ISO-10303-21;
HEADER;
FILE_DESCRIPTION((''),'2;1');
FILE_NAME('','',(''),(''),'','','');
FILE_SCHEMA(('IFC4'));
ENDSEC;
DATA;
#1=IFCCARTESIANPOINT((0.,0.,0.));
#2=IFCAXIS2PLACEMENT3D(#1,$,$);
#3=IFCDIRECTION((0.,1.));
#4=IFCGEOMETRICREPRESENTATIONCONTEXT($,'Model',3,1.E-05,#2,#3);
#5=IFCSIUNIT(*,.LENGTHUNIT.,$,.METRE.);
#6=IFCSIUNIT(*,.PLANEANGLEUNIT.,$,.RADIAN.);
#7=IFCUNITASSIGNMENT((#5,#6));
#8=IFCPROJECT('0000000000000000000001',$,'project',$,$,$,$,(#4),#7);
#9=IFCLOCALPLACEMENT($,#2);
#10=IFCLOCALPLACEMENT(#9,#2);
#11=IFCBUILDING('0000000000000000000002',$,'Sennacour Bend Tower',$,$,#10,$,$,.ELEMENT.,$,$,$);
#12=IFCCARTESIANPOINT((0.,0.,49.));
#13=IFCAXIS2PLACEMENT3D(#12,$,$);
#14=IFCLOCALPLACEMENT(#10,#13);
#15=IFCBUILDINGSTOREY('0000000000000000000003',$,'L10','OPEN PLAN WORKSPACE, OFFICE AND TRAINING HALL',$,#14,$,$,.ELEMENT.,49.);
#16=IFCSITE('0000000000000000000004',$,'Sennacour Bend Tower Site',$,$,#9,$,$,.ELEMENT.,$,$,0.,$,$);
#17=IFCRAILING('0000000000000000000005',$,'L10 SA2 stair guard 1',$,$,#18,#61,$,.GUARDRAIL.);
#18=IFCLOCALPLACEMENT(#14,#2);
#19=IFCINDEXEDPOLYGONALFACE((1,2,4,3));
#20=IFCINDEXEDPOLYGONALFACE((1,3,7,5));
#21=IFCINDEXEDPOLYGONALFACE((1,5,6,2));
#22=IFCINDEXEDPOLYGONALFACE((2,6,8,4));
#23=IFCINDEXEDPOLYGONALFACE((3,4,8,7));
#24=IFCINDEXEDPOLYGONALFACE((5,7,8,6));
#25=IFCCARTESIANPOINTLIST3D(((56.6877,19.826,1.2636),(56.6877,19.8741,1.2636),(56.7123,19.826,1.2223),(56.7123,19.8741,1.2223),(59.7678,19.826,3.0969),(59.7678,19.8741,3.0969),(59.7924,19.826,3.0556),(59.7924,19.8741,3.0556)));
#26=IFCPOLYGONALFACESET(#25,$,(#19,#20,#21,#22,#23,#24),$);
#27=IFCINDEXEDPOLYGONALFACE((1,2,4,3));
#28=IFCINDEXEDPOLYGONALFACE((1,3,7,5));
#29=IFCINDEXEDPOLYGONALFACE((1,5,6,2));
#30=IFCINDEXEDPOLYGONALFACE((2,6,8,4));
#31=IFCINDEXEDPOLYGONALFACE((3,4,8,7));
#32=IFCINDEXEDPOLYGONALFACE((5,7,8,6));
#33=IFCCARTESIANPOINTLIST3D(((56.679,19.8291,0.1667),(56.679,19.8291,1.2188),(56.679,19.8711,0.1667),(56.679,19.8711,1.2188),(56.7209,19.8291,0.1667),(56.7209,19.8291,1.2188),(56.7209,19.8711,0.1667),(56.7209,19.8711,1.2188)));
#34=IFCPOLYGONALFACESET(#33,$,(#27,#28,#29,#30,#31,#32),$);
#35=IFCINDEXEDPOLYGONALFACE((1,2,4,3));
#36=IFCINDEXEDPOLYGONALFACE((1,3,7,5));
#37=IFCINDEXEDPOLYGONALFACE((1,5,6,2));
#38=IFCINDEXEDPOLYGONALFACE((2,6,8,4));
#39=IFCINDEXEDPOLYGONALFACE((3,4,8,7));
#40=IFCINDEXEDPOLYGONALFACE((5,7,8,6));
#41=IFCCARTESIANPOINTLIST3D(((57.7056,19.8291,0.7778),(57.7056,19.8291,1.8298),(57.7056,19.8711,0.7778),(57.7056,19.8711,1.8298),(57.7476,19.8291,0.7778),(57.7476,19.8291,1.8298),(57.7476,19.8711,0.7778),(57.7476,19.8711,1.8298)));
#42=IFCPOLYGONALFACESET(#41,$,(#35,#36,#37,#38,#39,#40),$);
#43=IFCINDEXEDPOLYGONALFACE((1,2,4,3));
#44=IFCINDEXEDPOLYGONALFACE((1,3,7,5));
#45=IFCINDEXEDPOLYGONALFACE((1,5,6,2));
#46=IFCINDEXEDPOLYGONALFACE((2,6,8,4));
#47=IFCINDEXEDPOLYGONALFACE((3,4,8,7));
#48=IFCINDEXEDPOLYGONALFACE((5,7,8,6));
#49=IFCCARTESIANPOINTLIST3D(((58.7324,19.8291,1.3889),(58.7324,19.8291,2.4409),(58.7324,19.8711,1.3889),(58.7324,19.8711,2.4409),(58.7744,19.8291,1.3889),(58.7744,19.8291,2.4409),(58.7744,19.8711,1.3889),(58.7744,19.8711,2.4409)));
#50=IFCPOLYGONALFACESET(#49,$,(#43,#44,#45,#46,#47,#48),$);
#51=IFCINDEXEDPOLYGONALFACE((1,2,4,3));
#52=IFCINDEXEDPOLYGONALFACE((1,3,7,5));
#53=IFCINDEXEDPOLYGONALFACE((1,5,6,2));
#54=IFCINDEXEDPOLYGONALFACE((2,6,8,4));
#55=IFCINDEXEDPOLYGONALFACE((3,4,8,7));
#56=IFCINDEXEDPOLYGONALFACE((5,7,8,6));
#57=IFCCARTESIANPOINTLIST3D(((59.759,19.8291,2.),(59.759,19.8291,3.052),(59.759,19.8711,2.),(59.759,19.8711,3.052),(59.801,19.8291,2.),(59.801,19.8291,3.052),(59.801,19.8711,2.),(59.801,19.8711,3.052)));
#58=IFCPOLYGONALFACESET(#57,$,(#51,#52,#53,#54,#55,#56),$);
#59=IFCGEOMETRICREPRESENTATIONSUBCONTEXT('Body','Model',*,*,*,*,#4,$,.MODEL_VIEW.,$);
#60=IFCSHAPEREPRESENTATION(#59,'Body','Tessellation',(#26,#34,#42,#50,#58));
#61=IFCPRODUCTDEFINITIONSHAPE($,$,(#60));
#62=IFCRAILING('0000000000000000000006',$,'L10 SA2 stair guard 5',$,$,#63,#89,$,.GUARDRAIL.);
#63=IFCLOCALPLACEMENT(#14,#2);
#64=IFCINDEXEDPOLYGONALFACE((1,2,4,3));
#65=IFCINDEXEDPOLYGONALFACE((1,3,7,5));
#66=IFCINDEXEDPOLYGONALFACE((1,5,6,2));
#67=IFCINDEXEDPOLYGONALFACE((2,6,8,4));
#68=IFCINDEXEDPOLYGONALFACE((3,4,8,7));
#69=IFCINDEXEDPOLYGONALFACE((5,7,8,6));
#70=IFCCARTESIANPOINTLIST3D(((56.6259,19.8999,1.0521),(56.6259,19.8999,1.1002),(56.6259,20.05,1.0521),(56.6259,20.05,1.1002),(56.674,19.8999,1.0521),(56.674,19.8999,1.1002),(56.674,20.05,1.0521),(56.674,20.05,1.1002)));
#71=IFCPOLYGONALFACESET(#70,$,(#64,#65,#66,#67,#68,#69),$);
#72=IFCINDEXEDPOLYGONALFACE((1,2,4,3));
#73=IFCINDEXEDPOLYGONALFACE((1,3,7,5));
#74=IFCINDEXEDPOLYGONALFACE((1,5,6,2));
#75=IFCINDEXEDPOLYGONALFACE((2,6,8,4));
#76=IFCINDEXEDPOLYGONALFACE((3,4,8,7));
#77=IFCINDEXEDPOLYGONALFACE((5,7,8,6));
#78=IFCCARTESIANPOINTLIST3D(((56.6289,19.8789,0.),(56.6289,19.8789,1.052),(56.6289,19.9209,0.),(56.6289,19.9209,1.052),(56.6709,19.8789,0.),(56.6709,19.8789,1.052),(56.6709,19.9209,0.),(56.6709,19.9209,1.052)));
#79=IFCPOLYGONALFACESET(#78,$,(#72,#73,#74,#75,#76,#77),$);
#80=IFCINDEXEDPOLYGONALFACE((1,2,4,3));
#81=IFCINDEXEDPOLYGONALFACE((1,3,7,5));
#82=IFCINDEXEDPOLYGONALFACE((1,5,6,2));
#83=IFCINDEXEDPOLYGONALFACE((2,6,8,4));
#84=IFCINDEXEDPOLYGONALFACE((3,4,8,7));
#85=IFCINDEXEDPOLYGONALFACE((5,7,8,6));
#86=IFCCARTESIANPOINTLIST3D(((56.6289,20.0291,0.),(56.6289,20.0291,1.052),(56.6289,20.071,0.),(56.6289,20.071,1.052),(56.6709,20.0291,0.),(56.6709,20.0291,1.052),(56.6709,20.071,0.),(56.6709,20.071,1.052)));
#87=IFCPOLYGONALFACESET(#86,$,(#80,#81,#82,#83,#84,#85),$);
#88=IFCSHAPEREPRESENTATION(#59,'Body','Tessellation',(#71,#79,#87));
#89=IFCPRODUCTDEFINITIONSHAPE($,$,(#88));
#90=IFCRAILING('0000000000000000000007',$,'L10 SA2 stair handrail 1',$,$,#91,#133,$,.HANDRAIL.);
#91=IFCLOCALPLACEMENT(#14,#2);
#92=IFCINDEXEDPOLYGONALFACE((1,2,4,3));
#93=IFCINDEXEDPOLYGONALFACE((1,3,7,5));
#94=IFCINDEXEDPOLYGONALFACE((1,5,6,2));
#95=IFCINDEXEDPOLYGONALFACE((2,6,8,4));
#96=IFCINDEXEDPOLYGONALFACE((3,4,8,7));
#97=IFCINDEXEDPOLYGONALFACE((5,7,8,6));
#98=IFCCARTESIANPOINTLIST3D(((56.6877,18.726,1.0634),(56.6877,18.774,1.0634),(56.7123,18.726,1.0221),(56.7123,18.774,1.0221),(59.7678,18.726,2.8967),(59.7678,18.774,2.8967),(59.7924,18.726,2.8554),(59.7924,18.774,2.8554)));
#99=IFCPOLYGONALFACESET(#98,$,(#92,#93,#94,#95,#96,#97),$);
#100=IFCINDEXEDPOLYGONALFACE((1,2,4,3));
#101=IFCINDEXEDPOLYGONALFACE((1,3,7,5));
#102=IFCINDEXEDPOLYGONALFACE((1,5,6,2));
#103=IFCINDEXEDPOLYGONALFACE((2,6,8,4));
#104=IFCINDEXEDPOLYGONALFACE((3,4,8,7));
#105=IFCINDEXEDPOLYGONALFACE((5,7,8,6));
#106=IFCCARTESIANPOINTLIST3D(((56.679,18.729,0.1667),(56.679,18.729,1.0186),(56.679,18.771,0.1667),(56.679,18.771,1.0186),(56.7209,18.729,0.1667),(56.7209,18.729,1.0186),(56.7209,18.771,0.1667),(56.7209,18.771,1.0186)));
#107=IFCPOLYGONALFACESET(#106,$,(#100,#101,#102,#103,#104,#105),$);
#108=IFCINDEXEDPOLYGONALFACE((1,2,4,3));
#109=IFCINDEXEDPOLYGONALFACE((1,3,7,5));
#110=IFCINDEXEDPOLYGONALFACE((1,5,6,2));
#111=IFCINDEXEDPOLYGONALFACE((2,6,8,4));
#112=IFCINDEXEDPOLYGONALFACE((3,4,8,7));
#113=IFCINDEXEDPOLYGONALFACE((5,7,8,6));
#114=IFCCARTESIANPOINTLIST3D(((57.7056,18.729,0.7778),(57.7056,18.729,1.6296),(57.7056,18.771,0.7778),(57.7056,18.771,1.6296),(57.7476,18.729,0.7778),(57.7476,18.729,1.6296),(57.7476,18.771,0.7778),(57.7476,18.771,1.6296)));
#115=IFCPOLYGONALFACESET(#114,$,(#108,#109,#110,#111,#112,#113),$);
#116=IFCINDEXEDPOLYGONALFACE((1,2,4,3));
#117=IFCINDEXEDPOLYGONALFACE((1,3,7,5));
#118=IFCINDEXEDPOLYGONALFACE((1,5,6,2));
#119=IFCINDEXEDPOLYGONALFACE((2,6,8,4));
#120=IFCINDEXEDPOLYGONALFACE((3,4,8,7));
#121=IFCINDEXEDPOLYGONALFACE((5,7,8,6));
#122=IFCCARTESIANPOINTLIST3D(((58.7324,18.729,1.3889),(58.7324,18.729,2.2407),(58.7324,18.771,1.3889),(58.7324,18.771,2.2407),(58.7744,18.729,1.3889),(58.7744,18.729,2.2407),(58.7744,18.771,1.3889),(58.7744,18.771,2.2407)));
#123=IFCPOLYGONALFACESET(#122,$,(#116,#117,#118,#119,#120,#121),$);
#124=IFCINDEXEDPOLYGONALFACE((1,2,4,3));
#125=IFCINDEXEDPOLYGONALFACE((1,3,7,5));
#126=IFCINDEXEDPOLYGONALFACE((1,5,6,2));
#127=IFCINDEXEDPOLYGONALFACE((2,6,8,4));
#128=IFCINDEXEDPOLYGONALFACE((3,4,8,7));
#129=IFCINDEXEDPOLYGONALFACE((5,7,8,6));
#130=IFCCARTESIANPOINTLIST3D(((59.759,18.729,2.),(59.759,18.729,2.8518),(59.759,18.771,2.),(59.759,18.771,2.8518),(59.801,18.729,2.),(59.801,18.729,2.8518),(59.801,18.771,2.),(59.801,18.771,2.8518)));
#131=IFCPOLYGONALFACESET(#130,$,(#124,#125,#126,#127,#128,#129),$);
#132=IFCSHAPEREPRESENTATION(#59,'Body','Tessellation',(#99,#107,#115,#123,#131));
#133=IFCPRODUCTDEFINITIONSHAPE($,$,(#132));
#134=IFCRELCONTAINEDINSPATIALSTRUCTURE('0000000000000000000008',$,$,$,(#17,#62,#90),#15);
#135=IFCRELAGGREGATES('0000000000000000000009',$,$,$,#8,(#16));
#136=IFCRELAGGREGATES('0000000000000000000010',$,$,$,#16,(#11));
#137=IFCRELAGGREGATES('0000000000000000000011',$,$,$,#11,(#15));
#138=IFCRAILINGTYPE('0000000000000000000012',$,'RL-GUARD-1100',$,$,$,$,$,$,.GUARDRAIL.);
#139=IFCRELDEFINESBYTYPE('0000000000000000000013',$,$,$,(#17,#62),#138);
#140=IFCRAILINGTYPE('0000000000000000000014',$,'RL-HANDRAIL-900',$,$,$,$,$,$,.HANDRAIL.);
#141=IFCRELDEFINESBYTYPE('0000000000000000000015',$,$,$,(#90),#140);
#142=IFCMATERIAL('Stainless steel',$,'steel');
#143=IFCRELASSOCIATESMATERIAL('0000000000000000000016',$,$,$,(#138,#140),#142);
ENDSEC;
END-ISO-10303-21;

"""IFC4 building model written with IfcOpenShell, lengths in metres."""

from ifc_helpers import new_model, si_unit, direction, frame, origin, origin_2d, place, context, subcontext, project, spatial, rectangle, extrude, material, type_object, element, save


model = new_model("IFC4")

# Units and contexts
model_context = context("Model", 3, precision=1e-05, world=origin(), true_north=direction((0.0, 1.0)))
body_context = subcontext(model_context, "Body", "Model", "MODEL_VIEW")
ifc_project = project(units=[si_unit("LENGTHUNIT", "METRE"), si_unit("PLANEANGLEUNIT", "RADIAN")], contexts=[model_context])

# Site, building, storey
site_placement = place(None, origin())
site = spatial("IfcSite", under=ifc_project, at=site_placement, Name="Sennacour Bend Tower Site", CompositionType="ELEMENT", RefElevation=0.0)
building_placement = place(site_placement, origin())
building = spatial("IfcBuilding", under=site, at=building_placement, Name="Sennacour Bend Tower", CompositionType="ELEMENT")
storey_placement = place(building_placement, frame((0.0, 0.0, 49.0)))
storey = spatial("IfcBuildingStorey", under=building, at=storey_placement, Name="L10", Description="OPEN PLAN WORKSPACE, OFFICE AND TRAINING HALL", CompositionType="ELEMENT", Elevation=49.0)

# Shared definitions
ifc_material_1 = material(Name="Stainless steel", Category="steel")

# Railings
railing_type_1 = type_object("IfcRailingType", Name="RL-GUARD-1100", PredefinedType="GUARDRAIL", material=ifc_material_1)
railing_1_placement = place(storey_placement, frame((56.7, 19.8501, 0.1667)))
element("IfcRailing", 1, at=railing_1_placement, inside=storey, type_object=railing_type_1, Name="L10 SA2 stair guard 1", PredefinedType="GUARDRAIL", context=body_context, shape_type="SweptSolid", body=[
    extrude(rectangle(XDim=0.0481, YDim=0.0481, at=origin_2d()), frame((0.0, 0.0, 1.0762), z_axis=(0.859309, 0.0, 0.511458), x_axis=(0.0, 1.0, 0.0)), (0.0, 0.0, 1.0), 3.5845),
    extrude(rectangle(XDim=0.042, YDim=0.042, at=origin_2d()), origin(), (0.0, 0.0, 1.0), 1.052),
    extrude(rectangle(XDim=0.042, YDim=0.042, at=origin_2d()), frame((1.0266, 0.0, 0.6111)), (0.0, 0.0, 1.0), 1.052),
    extrude(rectangle(XDim=0.042, YDim=0.042, at=origin_2d()), frame((2.0535, 0.0, 1.2222)), (0.0, 0.0, 1.0), 1.052),
    extrude(rectangle(XDim=0.042, YDim=0.042, at=origin_2d()), frame((3.0801, 0.0, 1.8333)), (0.0, 0.0, 1.0), 1.052),
])
railing_2_placement = place(storey_placement, frame((56.6499, 19.8999, 0.0)))
element("IfcRailing", 2, at=railing_2_placement, inside=storey, type_object=railing_type_1, Name="L10 SA2 stair guard 5", PredefinedType="GUARDRAIL", context=body_context, shape_type="SweptSolid", body=[
    extrude(rectangle(XDim=0.0481, YDim=0.0481, at=origin_2d()), frame((0.0, 0.0, 1.0762), z_axis=(0.0, 1.0, 0.0), x_axis=(-1.0, 0.0, 0.0)), (0.0, 0.0, 1.0), 0.1501),
    extrude(rectangle(XDim=0.042, YDim=0.042, at=origin_2d()), origin(), (0.0, 0.0, 1.0), 1.052),
    extrude(rectangle(XDim=0.042, YDim=0.042, at=origin_2d()), frame((0.0, 0.1501, 0.0)), (0.0, 0.0, 1.0), 1.052),
])
railing_type_2 = type_object("IfcRailingType", Name="RL-HANDRAIL-900", PredefinedType="HANDRAIL", material=ifc_material_1)
railing_3_placement = place(storey_placement, frame((56.7, 18.75, 0.1667)))
element("IfcRailing", 3, at=railing_3_placement, inside=storey, type_object=railing_type_2, Name="L10 SA2 stair handrail 1", PredefinedType="HANDRAIL", context=body_context, shape_type="SweptSolid", body=[
    extrude(rectangle(XDim=0.0481, YDim=0.0481, at=origin_2d()), frame((0.0, 0.0, 0.876), z_axis=(0.859309, 0.0, 0.511458), x_axis=(0.0, 1.0, 0.0)), (0.0, 0.0, 1.0), 3.5845),
    extrude(rectangle(XDim=0.042, YDim=0.042, at=origin_2d()), origin(), (0.0, 0.0, 1.0), 0.8518),
    extrude(rectangle(XDim=0.042, YDim=0.042, at=origin_2d()), frame((1.0266, 0.0, 0.6111)), (0.0, 0.0, 1.0), 0.8518),
    extrude(rectangle(XDim=0.042, YDim=0.042, at=origin_2d()), frame((2.0535, 0.0, 1.2222)), (0.0, 0.0, 1.0), 0.8518),
    extrude(rectangle(XDim=0.042, YDim=0.042, at=origin_2d()), frame((3.0801, 0.0, 1.8333)), (0.0, 0.0, 1.0), 0.8518),
])

save(model, "model.ifc")
